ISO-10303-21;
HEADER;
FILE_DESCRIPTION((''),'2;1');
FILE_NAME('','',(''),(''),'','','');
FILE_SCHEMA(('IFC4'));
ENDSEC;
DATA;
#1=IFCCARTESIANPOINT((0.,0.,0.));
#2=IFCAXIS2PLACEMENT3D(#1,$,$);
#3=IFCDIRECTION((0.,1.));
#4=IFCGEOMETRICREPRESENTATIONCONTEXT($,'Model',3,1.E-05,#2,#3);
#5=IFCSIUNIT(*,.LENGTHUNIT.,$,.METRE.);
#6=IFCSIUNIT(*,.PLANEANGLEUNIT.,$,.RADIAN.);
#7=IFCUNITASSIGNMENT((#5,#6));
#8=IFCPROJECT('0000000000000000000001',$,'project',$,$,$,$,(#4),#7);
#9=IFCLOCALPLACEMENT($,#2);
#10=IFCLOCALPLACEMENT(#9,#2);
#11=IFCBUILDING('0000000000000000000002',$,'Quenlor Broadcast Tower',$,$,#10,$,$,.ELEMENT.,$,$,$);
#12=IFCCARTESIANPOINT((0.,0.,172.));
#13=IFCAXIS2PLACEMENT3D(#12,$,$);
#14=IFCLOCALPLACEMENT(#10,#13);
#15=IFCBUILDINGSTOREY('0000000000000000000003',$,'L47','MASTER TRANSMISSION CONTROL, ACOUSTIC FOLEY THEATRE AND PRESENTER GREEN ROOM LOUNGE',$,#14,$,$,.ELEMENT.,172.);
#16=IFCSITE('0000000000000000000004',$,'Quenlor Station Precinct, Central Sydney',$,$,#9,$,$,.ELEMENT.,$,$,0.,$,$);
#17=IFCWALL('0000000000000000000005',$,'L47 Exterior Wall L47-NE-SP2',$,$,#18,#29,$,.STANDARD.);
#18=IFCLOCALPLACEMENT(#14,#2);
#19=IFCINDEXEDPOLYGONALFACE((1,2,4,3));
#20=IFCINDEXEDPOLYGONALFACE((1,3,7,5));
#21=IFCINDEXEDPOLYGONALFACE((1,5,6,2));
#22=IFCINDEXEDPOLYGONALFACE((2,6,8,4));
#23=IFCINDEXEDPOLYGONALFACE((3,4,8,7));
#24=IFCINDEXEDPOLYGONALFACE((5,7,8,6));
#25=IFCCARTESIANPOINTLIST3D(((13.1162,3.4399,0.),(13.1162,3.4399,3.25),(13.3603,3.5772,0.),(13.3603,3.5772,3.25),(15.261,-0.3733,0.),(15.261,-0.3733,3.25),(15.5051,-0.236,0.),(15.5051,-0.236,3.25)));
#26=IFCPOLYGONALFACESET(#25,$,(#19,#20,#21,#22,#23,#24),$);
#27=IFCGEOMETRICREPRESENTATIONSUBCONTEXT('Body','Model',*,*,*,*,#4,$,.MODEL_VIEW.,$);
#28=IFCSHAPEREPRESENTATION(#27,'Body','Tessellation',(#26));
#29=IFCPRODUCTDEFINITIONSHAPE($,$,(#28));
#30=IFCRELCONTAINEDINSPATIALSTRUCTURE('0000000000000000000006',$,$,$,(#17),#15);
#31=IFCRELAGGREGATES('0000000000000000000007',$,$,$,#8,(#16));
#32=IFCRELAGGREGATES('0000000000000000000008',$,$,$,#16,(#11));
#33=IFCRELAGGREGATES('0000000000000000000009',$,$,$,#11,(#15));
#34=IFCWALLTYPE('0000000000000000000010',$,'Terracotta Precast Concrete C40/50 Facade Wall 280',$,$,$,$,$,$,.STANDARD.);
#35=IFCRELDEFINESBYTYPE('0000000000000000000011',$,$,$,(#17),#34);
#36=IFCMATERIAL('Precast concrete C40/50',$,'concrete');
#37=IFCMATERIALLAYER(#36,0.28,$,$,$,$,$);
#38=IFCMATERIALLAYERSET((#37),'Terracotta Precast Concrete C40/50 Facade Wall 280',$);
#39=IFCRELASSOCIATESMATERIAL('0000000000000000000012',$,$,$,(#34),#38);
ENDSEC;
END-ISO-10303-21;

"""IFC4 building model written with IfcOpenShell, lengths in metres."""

from ifc_helpers import new_model, si_unit, direction, frame, frame_2d, origin, place, context, subcontext, project, spatial, rectangle, extrude, material, layer, layer_set, type_object, element, save


model = new_model("IFC4")

# Units and contexts
model_context = context("Model", 3, precision=1e-05, world=origin(), true_north=direction((0.0, 1.0)))
body_context = subcontext(model_context, "Body", "Model", "MODEL_VIEW")
ifc_project = project(units=[si_unit("LENGTHUNIT", "METRE"), si_unit("PLANEANGLEUNIT", "RADIAN")], contexts=[model_context])

# Site, building, storey
site_placement = place(None, origin())
site = spatial("IfcSite", under=ifc_project, at=site_placement, Name="Quenlor Station Precinct, Central Sydney", CompositionType="ELEMENT", RefElevation=0.0)
building_placement = place(site_placement, origin())
building = spatial("IfcBuilding", under=site, at=building_placement, Name="Quenlor Broadcast Tower", CompositionType="ELEMENT")
storey_placement = place(building_placement, frame((0.0, 0.0, 172.0)))
storey = spatial("IfcBuildingStorey", under=building, at=storey_placement, Name="L47", Description="MASTER TRANSMISSION CONTROL, ACOUSTIC FOLEY THEATRE AND PRESENTER GREEN ROOM LOUNGE", CompositionType="ELEMENT", Elevation=172.0)

# Wall
ifc_material_1 = material(Name="Precast concrete C40/50", Category="concrete")
ifc_layer_1 = layer(ifc_material_1, 0.28)
ifc_layer_set_1 = layer_set([ifc_layer_1], Name="Terracotta Precast Concrete C40/50 Facade Wall 280")
wall_type_1 = type_object("IfcWallType", Name="Terracotta Precast Concrete C40/50 Facade Wall 280", PredefinedType="STANDARD", material=ifc_layer_set_1)
wall_1_placement = place(storey_placement, frame((13.2383, 3.5085, 0.0), z_axis=(0.0, 0.0, 1.0), x_axis=(0.490232, -0.871592, 0.0)))
element("IfcWall", 1, at=wall_1_placement, inside=storey, type_object=wall_type_1, Name="L47 Exterior Wall L47-NE-SP2", PredefinedType="STANDARD", context=body_context, shape_type="SweptSolid", body=[
    extrude(rectangle(XDim=4.375, YDim=0.28, at=frame_2d((2.1875, 0.0))), origin(), (0.0, 0.0, 1.0), 3.25),
])

save(model, "model.ifc")
